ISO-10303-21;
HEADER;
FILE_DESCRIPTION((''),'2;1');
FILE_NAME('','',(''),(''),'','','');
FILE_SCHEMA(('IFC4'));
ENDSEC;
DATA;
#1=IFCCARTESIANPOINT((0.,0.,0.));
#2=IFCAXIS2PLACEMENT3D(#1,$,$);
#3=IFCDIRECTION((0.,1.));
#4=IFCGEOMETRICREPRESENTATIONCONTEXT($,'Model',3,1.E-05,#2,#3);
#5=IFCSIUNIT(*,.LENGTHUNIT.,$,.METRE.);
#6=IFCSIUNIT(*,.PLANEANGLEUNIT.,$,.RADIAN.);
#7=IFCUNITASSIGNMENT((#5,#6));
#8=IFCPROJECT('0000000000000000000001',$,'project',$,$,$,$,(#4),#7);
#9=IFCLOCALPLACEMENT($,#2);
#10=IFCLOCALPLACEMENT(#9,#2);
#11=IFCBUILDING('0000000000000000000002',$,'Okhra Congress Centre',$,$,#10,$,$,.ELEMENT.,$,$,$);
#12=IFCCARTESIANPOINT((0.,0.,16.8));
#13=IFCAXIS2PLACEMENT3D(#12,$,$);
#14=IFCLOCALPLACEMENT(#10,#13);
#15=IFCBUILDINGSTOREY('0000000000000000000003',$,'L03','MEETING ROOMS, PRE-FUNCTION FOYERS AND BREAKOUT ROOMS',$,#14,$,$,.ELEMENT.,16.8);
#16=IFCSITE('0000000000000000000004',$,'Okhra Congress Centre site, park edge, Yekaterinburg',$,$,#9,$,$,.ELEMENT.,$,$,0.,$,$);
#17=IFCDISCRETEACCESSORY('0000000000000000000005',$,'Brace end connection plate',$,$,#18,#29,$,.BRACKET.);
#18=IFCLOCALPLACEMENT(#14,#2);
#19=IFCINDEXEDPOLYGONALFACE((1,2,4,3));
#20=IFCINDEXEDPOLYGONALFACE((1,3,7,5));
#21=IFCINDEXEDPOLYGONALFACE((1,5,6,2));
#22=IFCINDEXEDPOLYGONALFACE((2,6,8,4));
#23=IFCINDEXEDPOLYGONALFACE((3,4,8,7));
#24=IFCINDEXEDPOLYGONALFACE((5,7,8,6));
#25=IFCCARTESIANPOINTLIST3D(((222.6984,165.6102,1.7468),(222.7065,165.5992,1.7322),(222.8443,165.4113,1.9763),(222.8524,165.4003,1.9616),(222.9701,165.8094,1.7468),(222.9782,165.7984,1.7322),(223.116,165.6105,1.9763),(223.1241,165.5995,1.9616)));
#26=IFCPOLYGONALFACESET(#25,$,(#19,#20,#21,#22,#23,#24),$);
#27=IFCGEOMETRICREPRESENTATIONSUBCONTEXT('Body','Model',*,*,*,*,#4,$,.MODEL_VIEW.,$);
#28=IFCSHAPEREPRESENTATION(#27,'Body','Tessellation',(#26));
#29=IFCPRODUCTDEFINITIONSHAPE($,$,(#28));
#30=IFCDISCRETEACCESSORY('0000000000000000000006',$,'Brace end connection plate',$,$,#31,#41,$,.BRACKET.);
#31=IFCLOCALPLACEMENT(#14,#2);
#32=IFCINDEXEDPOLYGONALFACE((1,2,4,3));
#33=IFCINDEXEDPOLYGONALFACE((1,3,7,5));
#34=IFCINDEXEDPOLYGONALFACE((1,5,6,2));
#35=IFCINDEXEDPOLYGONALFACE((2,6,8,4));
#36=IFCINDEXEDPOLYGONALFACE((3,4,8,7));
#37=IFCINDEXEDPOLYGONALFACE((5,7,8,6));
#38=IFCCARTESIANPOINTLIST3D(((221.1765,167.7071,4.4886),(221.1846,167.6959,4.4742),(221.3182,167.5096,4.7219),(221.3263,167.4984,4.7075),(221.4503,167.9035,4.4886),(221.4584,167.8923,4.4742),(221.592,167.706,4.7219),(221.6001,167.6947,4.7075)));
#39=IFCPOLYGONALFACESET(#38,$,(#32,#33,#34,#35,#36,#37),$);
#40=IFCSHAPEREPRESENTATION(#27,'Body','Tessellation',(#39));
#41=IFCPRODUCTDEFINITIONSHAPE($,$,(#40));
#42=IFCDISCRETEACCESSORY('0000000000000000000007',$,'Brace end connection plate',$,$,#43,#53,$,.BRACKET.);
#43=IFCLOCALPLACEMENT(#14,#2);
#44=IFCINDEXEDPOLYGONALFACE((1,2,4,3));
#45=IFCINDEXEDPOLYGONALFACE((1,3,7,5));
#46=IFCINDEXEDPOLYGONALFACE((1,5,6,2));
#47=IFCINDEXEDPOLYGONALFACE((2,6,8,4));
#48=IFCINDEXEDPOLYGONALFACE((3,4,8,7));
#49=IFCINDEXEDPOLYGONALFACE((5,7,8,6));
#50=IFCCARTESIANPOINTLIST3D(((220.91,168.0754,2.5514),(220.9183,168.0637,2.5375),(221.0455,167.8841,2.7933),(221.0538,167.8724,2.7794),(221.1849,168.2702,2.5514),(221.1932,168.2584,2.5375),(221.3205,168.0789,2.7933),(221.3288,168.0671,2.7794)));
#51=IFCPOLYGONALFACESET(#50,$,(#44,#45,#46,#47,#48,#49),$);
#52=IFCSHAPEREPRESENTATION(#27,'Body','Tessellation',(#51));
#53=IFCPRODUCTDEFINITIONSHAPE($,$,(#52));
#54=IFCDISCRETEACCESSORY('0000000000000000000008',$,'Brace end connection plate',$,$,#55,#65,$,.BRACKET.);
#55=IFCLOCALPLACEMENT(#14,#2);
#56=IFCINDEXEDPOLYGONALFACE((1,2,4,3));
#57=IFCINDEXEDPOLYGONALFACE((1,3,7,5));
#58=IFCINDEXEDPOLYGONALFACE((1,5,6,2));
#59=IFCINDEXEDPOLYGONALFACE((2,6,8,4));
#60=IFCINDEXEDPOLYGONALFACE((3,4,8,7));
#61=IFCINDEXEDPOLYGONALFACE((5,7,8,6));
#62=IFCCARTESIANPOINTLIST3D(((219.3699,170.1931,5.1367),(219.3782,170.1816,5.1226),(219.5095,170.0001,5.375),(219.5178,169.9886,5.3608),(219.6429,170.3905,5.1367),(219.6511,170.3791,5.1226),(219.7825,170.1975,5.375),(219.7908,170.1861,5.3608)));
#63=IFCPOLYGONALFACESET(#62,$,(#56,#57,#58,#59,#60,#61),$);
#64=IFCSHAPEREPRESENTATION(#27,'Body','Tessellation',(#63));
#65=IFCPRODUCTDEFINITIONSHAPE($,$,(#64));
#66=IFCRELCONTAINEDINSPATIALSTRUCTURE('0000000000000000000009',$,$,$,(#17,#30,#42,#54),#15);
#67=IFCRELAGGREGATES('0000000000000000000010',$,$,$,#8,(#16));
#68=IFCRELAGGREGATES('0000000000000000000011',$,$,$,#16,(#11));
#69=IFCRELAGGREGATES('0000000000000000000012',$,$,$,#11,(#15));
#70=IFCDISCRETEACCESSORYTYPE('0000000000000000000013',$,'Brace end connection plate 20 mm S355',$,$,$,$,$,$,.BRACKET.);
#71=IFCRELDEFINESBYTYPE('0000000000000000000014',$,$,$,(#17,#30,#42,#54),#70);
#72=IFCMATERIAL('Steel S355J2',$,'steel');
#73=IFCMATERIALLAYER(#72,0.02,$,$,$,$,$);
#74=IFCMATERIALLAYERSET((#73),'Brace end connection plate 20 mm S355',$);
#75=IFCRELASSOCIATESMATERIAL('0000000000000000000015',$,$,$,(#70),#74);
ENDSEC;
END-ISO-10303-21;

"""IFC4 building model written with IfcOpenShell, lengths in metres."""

from ifc_helpers import new_model, si_unit, direction, frame, origin, origin_2d, place, context, subcontext, project, spatial, rectangle, extrude, material, layer, layer_set, type_object, element, save


model = new_model("IFC4")

# Units and contexts
model_context = context("Model", 3, precision=1e-05, world=origin(), true_north=direction((0.0, 1.0)))
body_context = subcontext(model_context, "Body", "Model", "MODEL_VIEW")
ifc_project = project(units=[si_unit("LENGTHUNIT", "METRE"), si_unit("PLANEANGLEUNIT", "RADIAN")], contexts=[model_context])

# Site, building, storey
site_placement = place(None, origin())
site = spatial("IfcSite", under=ifc_project, at=site_placement, Name="Okhra Congress Centre site, park edge, Yekaterinburg", CompositionType="ELEMENT", RefElevation=0.0)
building_placement = place(site_placement, origin())
building = spatial("IfcBuilding", under=site, at=building_placement, Name="Okhra Congress Centre", CompositionType="ELEMENT")
storey_placement = place(building_placement, frame((0.0, 0.0, 16.8)))
storey = spatial("IfcBuildingStorey", under=building, at=storey_placement, Name="L03", Description="MEETING ROOMS, PRE-FUNCTION FOYERS AND BREAKOUT ROOMS", CompositionType="ELEMENT", Elevation=16.8)

# Shared definitions
ifc_material_1 = material(Name="Steel S355J2", Category="steel")

# Discrete accessories
ifc_layer_1 = layer(ifc_material_1, 0.02)
ifc_layer_set_1 = layer_set([ifc_layer_1], Name="Brace end connection plate 20 mm S355")
discrete_accessory_type = type_object("IfcDiscreteAccessoryType", Name="Brace end connection plate 20 mm S355", PredefinedType="BRACKET", material=ifc_layer_set_1)
for number, where, z_axis, x_axis, name in (
    (1, (222.9072, 165.6104, 1.8616), (0.402739, -0.549189, -0.732252), (0.806405, 0.591364, 0.0), "Brace end connection plate"),
    (2, (221.3923, 167.6953, 4.5908), (-0.403581, 0.562568, 0.721554), (-0.812538, -0.582908, 0.0), "Brace end connection plate"),
    (3, (221.1152, 168.0771, 2.6724), (0.415097, -0.58602, -0.695899), (0.816024, 0.578017, 0.0), "Brace end connection plate"),
    (4, (219.5845, 170.1838, 5.2417), (-0.41448, 0.572958, 0.707054), (-0.810224, -0.58612, 0.0), "Brace end connection plate"),
):
    element("IfcDiscreteAccessory", number, at=place(storey_placement, frame(where, z_axis=z_axis, x_axis=x_axis)), inside=storey, type_object=discrete_accessory_type, Name=name, PredefinedType="BRACKET", context=body_context, shape_type="SweptSolid", body=[
        extrude(rectangle(XDim=0.3369, YDim=0.3369, at=origin_2d()), origin(), (0.0, 0.0, 1.0), 0.02),
    ])

save(model, "model.ifc")
